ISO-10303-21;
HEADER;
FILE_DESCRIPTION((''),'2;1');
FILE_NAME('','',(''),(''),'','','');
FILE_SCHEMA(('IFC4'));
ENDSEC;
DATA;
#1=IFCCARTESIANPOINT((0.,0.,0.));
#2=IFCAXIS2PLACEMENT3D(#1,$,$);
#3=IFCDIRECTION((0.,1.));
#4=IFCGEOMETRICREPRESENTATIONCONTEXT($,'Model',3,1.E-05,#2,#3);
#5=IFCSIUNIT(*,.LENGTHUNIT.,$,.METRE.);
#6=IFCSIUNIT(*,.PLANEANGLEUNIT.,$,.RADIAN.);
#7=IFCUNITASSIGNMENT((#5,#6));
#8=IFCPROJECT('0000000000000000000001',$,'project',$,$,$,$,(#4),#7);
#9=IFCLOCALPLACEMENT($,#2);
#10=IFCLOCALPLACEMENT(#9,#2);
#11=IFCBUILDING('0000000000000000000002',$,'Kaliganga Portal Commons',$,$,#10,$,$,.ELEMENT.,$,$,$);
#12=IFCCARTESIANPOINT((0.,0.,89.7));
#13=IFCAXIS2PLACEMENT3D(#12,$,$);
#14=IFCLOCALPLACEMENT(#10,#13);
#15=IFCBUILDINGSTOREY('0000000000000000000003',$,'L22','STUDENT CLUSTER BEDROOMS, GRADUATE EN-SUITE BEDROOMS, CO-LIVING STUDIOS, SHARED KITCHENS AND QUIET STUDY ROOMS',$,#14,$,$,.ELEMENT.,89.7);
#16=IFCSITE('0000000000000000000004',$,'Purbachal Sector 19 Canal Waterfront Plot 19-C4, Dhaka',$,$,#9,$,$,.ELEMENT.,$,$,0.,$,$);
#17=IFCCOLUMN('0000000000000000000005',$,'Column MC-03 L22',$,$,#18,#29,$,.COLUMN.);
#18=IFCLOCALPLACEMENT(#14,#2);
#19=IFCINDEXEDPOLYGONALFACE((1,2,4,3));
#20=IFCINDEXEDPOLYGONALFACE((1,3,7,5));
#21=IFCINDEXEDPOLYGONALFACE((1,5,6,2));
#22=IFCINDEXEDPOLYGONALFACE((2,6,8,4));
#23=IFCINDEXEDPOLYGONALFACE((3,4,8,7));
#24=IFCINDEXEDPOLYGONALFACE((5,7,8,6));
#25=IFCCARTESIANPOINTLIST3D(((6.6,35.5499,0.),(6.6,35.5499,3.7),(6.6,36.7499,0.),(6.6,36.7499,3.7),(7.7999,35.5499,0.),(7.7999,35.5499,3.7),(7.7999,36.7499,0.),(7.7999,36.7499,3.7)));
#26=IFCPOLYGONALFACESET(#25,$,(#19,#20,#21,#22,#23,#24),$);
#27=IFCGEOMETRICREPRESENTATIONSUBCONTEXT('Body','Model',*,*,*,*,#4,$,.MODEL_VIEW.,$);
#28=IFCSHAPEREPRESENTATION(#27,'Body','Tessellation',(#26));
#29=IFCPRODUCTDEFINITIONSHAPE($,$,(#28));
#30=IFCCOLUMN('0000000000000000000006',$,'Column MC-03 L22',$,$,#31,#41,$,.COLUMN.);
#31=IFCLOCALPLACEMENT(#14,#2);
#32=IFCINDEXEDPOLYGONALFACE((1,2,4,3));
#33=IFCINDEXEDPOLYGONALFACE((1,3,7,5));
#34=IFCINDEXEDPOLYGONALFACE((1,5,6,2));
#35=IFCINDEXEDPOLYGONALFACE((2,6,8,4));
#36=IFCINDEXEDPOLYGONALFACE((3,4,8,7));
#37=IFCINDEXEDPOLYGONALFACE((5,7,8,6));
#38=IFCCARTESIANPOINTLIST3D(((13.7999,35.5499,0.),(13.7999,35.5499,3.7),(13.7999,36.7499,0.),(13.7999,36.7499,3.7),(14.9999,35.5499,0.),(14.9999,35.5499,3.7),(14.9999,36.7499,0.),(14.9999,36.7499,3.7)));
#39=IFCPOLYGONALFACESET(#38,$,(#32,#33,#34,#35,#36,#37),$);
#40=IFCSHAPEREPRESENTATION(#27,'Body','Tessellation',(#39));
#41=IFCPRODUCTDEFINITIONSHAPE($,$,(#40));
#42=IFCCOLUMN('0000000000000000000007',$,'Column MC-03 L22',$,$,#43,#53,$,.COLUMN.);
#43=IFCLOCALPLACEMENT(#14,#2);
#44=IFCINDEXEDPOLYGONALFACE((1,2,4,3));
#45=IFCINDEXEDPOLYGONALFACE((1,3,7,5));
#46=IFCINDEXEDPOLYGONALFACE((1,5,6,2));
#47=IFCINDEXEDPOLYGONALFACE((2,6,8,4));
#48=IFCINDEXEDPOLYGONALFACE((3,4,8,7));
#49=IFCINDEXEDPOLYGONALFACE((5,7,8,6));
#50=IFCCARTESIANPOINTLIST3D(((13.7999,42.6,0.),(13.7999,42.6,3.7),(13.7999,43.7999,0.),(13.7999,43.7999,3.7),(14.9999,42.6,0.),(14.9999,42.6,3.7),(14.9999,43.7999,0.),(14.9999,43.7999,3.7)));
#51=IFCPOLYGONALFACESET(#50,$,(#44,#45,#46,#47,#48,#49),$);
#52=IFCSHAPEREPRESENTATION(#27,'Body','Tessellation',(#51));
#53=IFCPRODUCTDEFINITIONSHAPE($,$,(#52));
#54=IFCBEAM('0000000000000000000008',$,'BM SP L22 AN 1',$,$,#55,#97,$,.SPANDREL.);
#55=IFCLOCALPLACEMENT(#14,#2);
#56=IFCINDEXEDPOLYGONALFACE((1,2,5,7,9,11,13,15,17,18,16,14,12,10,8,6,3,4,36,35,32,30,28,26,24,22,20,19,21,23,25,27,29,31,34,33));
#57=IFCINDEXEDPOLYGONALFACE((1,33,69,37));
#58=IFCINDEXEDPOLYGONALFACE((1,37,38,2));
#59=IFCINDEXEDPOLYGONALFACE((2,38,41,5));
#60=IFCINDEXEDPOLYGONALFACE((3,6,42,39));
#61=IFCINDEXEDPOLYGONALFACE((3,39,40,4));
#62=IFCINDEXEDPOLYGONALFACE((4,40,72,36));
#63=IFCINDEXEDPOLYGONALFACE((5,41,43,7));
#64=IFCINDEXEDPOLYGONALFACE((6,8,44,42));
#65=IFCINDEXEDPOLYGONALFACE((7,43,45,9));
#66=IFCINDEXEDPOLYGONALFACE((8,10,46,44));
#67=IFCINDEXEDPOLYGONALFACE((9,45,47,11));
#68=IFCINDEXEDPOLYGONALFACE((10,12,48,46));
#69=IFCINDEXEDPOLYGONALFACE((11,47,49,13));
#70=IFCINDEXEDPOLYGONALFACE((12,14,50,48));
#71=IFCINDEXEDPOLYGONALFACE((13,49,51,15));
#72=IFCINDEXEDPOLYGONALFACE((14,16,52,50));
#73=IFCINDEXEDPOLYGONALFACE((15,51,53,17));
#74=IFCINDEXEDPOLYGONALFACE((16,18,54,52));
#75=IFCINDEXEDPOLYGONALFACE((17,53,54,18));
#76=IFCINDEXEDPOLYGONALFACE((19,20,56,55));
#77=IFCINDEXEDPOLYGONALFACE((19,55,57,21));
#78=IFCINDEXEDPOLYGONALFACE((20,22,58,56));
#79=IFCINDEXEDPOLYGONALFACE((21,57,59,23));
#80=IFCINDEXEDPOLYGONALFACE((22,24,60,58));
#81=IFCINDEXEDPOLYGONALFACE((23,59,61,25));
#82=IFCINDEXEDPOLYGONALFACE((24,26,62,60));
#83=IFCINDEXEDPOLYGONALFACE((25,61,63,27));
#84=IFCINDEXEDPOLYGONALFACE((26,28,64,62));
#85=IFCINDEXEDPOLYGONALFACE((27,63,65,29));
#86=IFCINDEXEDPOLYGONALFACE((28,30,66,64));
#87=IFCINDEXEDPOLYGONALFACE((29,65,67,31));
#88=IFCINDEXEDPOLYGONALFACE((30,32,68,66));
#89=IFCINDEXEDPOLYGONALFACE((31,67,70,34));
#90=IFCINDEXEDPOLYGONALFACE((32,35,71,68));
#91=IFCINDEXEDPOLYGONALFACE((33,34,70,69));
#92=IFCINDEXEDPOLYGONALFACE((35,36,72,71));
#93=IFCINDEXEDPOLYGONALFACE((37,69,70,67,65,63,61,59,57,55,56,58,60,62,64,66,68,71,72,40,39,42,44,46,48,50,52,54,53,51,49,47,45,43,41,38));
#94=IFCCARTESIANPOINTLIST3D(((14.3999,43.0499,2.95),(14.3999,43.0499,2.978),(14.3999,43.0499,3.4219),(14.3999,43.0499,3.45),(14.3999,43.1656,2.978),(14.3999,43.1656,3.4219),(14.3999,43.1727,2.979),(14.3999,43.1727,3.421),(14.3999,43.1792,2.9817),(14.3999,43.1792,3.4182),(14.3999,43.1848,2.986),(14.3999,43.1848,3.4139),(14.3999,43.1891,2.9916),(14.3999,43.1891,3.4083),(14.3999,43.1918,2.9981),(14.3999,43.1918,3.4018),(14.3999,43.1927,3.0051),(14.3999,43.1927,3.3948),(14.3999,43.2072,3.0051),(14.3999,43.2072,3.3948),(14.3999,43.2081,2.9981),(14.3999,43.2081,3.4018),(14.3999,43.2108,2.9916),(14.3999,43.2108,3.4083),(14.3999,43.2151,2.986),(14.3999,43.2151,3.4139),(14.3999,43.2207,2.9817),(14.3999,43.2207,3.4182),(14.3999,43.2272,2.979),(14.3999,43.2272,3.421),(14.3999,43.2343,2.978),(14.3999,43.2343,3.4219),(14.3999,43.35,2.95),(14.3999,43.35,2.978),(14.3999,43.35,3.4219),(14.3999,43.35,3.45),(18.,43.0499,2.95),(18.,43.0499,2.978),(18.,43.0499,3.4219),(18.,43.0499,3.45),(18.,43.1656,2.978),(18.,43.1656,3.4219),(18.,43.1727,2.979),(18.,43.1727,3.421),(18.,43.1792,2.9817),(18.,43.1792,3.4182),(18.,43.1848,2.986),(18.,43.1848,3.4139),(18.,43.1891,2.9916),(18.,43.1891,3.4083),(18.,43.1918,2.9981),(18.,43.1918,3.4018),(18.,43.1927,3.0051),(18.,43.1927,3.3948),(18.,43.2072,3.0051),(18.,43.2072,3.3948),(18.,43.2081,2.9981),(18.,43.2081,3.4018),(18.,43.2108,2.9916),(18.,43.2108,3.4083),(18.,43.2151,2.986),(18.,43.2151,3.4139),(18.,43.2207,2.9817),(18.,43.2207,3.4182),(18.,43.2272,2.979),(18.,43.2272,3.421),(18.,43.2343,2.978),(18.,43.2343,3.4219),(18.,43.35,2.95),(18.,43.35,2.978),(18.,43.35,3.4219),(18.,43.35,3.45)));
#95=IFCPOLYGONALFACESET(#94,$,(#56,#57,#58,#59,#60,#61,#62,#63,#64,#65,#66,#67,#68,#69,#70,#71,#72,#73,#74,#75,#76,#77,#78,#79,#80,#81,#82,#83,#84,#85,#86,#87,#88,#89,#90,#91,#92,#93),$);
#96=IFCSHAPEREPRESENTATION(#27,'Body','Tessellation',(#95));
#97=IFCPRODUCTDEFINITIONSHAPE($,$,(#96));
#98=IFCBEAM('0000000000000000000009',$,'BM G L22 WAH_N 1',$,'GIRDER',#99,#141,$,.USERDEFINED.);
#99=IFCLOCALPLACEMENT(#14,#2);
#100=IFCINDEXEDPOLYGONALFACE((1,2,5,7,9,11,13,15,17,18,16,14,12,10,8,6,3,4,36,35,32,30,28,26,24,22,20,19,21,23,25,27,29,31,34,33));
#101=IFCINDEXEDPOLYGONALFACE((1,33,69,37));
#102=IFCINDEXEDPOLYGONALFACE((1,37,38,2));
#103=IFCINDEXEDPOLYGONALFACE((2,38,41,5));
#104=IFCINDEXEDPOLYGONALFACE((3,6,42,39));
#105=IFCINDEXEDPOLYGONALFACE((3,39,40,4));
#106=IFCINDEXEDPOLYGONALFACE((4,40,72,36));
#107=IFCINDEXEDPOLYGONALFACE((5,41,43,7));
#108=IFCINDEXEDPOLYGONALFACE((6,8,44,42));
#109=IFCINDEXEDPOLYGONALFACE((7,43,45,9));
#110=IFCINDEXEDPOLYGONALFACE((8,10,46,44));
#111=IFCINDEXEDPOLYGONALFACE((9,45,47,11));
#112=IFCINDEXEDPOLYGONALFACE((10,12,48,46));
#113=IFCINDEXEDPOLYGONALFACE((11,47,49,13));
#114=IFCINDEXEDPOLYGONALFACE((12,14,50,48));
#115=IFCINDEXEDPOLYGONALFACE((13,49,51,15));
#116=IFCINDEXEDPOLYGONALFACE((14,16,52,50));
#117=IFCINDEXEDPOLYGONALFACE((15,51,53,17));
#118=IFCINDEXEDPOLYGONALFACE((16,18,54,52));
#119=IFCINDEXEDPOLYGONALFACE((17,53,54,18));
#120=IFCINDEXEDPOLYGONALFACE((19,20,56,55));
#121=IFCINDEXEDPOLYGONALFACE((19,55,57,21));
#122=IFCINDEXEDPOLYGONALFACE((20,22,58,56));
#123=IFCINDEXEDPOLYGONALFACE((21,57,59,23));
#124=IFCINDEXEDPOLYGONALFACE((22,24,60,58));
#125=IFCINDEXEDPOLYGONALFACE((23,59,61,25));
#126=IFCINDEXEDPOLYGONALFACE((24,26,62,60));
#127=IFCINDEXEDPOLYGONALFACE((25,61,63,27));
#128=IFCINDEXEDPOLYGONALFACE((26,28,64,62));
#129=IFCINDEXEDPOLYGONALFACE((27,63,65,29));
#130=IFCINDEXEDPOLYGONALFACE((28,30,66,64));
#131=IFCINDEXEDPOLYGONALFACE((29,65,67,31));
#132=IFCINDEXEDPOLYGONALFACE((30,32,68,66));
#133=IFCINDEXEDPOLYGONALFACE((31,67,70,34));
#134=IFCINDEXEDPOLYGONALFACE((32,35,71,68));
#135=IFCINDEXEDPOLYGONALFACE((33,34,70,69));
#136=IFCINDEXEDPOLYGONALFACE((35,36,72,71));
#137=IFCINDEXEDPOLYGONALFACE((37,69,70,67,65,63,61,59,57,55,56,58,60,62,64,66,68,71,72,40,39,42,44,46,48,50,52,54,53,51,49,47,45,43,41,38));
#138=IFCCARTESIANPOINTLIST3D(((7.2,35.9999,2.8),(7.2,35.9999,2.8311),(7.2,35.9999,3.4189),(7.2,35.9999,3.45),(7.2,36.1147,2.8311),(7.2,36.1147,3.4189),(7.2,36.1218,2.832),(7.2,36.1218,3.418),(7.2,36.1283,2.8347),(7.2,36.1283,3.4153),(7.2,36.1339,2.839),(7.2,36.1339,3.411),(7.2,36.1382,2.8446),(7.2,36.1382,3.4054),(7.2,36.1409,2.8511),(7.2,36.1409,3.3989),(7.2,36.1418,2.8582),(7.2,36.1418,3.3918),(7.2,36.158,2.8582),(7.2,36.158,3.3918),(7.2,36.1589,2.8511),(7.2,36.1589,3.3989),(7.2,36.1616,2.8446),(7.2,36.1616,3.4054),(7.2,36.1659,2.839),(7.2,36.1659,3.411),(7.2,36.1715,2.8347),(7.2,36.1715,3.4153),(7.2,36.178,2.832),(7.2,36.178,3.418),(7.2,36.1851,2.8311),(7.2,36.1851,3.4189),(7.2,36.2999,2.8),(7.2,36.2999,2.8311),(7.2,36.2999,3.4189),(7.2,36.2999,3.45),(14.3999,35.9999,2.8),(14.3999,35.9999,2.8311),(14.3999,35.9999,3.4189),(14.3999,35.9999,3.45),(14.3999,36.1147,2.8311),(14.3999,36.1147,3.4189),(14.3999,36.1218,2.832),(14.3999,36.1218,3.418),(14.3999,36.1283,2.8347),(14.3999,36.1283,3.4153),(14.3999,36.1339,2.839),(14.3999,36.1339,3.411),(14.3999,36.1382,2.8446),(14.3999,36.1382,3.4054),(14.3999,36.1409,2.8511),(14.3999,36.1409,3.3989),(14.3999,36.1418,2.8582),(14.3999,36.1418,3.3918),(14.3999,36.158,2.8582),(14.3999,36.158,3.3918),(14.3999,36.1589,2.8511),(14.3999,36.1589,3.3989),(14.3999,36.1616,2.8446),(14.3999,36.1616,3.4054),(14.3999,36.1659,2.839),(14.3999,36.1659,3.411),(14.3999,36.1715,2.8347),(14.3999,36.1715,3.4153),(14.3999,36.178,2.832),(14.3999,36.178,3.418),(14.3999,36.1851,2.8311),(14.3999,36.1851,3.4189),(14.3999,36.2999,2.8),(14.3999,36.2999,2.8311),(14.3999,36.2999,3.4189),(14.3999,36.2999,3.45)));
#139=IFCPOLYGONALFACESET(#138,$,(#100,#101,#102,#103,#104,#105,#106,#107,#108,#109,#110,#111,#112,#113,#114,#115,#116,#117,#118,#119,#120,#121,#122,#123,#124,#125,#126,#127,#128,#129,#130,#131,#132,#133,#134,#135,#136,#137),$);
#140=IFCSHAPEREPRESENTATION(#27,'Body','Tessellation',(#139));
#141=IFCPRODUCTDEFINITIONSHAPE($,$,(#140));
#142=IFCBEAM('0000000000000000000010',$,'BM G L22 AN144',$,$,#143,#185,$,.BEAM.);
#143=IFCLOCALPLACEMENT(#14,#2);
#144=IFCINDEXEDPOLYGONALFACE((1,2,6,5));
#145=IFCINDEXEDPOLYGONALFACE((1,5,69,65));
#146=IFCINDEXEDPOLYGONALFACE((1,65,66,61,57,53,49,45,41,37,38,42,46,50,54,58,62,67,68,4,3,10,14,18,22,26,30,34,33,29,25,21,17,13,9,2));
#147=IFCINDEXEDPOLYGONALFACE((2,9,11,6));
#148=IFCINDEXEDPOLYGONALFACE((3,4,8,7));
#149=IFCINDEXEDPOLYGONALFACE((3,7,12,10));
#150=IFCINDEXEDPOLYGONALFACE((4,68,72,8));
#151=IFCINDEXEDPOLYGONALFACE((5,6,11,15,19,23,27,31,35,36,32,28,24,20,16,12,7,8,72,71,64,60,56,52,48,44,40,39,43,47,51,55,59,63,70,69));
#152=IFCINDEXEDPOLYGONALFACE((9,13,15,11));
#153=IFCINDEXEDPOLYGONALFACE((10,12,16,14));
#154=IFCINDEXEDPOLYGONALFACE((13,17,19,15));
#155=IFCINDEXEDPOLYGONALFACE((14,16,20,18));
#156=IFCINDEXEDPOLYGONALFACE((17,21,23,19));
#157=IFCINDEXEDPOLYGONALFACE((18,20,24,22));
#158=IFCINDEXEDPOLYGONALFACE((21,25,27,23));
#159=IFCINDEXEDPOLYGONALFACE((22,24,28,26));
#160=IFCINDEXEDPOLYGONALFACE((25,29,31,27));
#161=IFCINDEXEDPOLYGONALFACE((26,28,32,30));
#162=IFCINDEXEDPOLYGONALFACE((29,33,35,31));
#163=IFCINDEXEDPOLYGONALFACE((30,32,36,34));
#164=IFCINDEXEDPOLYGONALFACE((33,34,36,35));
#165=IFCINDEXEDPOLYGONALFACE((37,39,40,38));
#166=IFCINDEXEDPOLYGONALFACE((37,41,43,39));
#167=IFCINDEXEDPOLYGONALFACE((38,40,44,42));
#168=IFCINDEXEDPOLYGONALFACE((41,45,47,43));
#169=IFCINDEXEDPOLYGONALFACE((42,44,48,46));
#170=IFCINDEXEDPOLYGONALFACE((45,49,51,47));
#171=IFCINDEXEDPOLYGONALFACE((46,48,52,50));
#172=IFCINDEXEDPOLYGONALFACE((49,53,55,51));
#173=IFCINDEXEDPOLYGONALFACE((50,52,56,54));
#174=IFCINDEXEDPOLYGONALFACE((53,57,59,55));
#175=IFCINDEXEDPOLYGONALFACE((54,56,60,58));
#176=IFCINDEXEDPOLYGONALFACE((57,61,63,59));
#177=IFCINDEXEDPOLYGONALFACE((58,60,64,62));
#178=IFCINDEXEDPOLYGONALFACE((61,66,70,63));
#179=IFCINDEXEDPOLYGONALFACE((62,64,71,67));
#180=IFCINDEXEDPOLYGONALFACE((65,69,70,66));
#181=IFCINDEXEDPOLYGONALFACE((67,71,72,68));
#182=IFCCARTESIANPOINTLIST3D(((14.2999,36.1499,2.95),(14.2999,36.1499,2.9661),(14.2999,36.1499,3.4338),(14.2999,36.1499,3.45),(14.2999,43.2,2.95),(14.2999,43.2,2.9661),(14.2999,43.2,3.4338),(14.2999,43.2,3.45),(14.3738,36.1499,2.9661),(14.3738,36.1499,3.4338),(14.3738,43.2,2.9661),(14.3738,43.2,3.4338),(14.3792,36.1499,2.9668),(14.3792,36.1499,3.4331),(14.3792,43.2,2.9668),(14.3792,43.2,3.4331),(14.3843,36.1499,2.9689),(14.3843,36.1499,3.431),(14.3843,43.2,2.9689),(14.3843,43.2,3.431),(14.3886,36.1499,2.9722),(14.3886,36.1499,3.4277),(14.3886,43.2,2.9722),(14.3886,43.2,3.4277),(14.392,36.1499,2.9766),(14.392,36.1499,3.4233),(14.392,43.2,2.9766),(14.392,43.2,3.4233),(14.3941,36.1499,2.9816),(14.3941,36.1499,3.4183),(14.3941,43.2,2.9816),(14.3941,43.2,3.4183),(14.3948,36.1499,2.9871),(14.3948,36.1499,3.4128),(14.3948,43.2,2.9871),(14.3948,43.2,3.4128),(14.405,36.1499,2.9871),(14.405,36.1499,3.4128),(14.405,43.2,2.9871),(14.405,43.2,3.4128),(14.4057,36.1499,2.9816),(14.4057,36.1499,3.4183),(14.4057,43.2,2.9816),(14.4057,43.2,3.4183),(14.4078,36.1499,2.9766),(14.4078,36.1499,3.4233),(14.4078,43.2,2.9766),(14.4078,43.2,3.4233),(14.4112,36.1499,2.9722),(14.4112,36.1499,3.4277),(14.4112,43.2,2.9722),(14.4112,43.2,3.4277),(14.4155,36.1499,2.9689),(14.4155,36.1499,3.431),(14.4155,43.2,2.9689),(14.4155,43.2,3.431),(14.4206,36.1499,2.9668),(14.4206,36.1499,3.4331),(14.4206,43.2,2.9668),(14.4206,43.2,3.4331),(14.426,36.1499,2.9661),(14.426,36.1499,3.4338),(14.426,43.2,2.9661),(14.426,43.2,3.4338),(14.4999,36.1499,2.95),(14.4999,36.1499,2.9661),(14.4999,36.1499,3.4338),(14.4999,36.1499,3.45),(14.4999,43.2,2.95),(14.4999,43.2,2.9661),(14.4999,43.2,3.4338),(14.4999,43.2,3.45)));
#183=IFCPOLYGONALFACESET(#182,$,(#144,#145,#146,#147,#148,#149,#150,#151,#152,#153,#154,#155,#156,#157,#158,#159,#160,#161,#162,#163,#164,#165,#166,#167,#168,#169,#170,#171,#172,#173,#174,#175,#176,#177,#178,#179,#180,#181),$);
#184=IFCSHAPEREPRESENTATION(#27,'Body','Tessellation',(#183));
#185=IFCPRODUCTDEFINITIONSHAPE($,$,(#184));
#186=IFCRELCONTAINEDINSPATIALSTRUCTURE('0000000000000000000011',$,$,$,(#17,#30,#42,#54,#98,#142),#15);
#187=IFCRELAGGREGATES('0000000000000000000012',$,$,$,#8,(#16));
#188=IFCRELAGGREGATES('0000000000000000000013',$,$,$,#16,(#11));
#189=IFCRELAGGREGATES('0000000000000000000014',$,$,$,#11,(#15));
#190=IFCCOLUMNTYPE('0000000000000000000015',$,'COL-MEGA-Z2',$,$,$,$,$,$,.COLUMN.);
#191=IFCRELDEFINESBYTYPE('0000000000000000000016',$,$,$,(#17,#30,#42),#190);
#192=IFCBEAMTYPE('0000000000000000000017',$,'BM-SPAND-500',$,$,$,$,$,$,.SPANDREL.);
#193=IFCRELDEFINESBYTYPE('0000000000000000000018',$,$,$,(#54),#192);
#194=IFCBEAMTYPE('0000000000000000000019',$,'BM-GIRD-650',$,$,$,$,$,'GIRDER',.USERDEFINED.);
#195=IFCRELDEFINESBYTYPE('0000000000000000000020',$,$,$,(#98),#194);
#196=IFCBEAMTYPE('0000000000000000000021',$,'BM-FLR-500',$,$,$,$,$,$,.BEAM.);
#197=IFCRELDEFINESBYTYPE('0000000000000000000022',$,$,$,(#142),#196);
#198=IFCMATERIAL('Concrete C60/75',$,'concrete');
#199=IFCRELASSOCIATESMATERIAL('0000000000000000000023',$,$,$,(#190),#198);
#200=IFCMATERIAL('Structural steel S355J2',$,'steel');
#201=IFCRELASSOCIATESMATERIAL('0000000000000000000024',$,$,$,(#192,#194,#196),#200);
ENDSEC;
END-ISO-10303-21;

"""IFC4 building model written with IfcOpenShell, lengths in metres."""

from ifc_helpers import new_model, si_unit, direction, frame, origin, origin_2d, place, context, subcontext, project, spatial, rectangle, i_section, extrude, source, transform, mapped, material, material_profile, profile_set, type_object, element, save


model = new_model("IFC4")

# Units and contexts
model_context = context("Model", 3, precision=1e-05, world=origin(), true_north=direction((0.0, 1.0)))
body_context = subcontext(model_context, "Body", "Model", "MODEL_VIEW")
ifc_project = project(units=[si_unit("LENGTHUNIT", "METRE"), si_unit("PLANEANGLEUNIT", "RADIAN")], contexts=[model_context])

# Site, building, storey
site_placement = place(None, origin())
site = spatial("IfcSite", under=ifc_project, at=site_placement, Name="Purbachal Sector 19 Canal Waterfront Plot 19-C4, Dhaka", CompositionType="ELEMENT", RefElevation=0.0)
building_placement = place(site_placement, origin())
building = spatial("IfcBuilding", under=site, at=building_placement, Name="Kaliganga Portal Commons", CompositionType="ELEMENT")
storey_placement = place(building_placement, frame((0.0, 0.0, 89.7)))
storey = spatial("IfcBuildingStorey", under=building, at=storey_placement, Name="L22", Description="STUDENT CLUSTER BEDROOMS, GRADUATE EN-SUITE BEDROOMS, CO-LIVING STUDIOS, SHARED KITCHENS AND QUIET STUDY ROOMS", CompositionType="ELEMENT", Elevation=89.7)

# Columns
ifc_material_1 = material(Name="Concrete C60/75", Category="concrete")
ifc_material_profile_1 = material_profile(ifc_material_1, rectangle(XDim=1.2, YDim=1.2, at=origin_2d()), Name="RC 1200x1200")
ifc_profile_set_1 = profile_set([ifc_material_profile_1], Name="Concrete C60/75")
column_type = type_object("IfcColumnType", Name="COL-MEGA-Z2", PredefinedType="COLUMN", material=ifc_profile_set_1)
shared_shape_1 = source(origin(), body_context, "Body", "SweptSolid", [
    extrude(rectangle(XDim=1.2, YDim=1.2, at=origin_2d()), origin(), (0.0, 0.0, 1.0), 3.7),
])
for number, where, z_axis, x_axis, name in (
    (1, (7.2, 36.1499, 0.0), (0.0, 0.0, 1.0), (1.0, 0.0, 0.0), "Column MC-03 L22"),
    (2, (14.3999, 36.1499, 0.0), (0.0, 0.0, 1.0), (1.0, 0.0, 0.0), "Column MC-03 L22"),
    (3, (14.3999, 43.2, 0.0), (0.0, 0.0, 1.0), (1.0, 0.0, 0.0), "Column MC-03 L22"),
):
    element("IfcColumn", number, at=place(storey_placement, frame(where, z_axis=z_axis, x_axis=x_axis)), inside=storey, type_object=column_type, Name=name, PredefinedType="COLUMN", context=body_context, shape_type="MappedRepresentation", body=[
        mapped(shared_shape_1, transform((0.0, 0.0, 0.0), x_axis=(1.0, 0.0, 0.0), y_axis=(0.0, 1.0, 0.0), z_axis=(0.0, 0.0, 1.0), scale=1.0)),
    ])

# Beams
ifc_material_2 = material(Name="Structural steel S355J2", Category="steel")
ifc_material_profile_2 = material_profile(ifc_material_2, i_section(OverallWidth=0.3, OverallDepth=0.5, WebThickness=0.0144, FlangeThickness=0.0281, FilletRadius=0.0271, at=origin_2d()), Name="HE 500 B")
ifc_profile_set_2 = profile_set([ifc_material_profile_2], Name="Structural steel S355J2 wide-flange")
beam_type_1 = type_object("IfcBeamType", Name="BM-SPAND-500", PredefinedType="SPANDREL", material=ifc_profile_set_2)
shared_shape_2 = source(origin(), body_context, "Body", "SweptSolid", [
    extrude(i_section(OverallWidth=0.3, OverallDepth=0.5, WebThickness=0.0144, FlangeThickness=0.0281, FilletRadius=0.0271, at=origin_2d()), origin(), (0.0, 0.0, 1.0), 3.6001),
])
beam_1_placement = place(storey_placement, frame((14.3999, 43.2, 3.2), z_axis=(1.0, 0.0, 0.0), x_axis=(0.0, 1.0, 0.0)))
element("IfcBeam", 4, at=beam_1_placement, inside=storey, type_object=beam_type_1, Name="BM SP L22 AN 1", PredefinedType="SPANDREL", context=body_context, shape_type="MappedRepresentation", body=[
    mapped(shared_shape_2, transform((0.0, 0.0, 0.0), x_axis=(1.0, 0.0, 0.0), y_axis=(0.0, 1.0, 0.0), z_axis=(0.0, 0.0, 1.0), scale=1.0)),
])
ifc_material_profile_3 = material_profile(ifc_material_2, i_section(OverallWidth=0.3, OverallDepth=0.6499, WebThickness=0.0161, FlangeThickness=0.031, FilletRadius=0.0271, at=origin_2d()), Name="HE 650 B")
ifc_profile_set_3 = profile_set([ifc_material_profile_3], Name="Structural steel S355J2 wide-flange")
beam_type_2 = type_object("IfcBeamType", Name="BM-GIRD-650", ElementType="GIRDER", PredefinedType="USERDEFINED", material=ifc_profile_set_3)
shared_shape_3 = source(origin(), body_context, "Body", "SweptSolid", [
    extrude(i_section(OverallWidth=0.3, OverallDepth=0.6499, WebThickness=0.0161, FlangeThickness=0.031, FilletRadius=0.0271, at=origin_2d()), origin(), (0.0, 0.0, 1.0), 7.2),
])
beam_2_placement = place(storey_placement, frame((7.2, 36.1499, 3.125), z_axis=(1.0, 0.0, 0.0), x_axis=(0.0, 1.0, 0.0)))
element("IfcBeam", 5, at=beam_2_placement, inside=storey, type_object=beam_type_2, Name="BM G L22 WAH_N 1", ObjectType="GIRDER", PredefinedType="USERDEFINED", context=body_context, shape_type="MappedRepresentation", body=[
    mapped(shared_shape_3, transform((0.0, 0.0, 0.0), x_axis=(1.0, 0.0, 0.0), y_axis=(0.0, 1.0, 0.0), z_axis=(0.0, 0.0, 1.0), scale=1.0)),
])
ifc_material_profile_4 = material_profile(ifc_material_2, i_section(OverallWidth=0.2, OverallDepth=0.5, WebThickness=0.0103, FlangeThickness=0.0161, FilletRadius=0.021, at=origin_2d()), Name="IPE 500")
ifc_profile_set_4 = profile_set([ifc_material_profile_4], Name="Structural steel S355J2 wide-flange")
beam_type_3 = type_object("IfcBeamType", Name="BM-FLR-500", PredefinedType="BEAM", material=ifc_profile_set_4)
shared_shape_4 = source(origin(), body_context, "Body", "SweptSolid", [
    extrude(i_section(OverallWidth=0.2, OverallDepth=0.5, WebThickness=0.0103, FlangeThickness=0.0161, FilletRadius=0.021, at=origin_2d()), origin(), (0.0, 0.0, 1.0), 7.05),
])
beam_3_placement = place(storey_placement, frame((14.3999, 36.1499, 3.2), z_axis=(0.0, 1.0, 0.0), x_axis=(-1.0, 0.0, 0.0)))
element("IfcBeam", 6, at=beam_3_placement, inside=storey, type_object=beam_type_3, Name="BM G L22 AN144", PredefinedType="BEAM", context=body_context, shape_type="MappedRepresentation", body=[
    mapped(shared_shape_4, transform((0.0, 0.0, 0.0), x_axis=(1.0, 0.0, 0.0), y_axis=(0.0, 1.0, 0.0), z_axis=(0.0, 0.0, 1.0), scale=1.0)),
])

save(model, "model.ifc")
